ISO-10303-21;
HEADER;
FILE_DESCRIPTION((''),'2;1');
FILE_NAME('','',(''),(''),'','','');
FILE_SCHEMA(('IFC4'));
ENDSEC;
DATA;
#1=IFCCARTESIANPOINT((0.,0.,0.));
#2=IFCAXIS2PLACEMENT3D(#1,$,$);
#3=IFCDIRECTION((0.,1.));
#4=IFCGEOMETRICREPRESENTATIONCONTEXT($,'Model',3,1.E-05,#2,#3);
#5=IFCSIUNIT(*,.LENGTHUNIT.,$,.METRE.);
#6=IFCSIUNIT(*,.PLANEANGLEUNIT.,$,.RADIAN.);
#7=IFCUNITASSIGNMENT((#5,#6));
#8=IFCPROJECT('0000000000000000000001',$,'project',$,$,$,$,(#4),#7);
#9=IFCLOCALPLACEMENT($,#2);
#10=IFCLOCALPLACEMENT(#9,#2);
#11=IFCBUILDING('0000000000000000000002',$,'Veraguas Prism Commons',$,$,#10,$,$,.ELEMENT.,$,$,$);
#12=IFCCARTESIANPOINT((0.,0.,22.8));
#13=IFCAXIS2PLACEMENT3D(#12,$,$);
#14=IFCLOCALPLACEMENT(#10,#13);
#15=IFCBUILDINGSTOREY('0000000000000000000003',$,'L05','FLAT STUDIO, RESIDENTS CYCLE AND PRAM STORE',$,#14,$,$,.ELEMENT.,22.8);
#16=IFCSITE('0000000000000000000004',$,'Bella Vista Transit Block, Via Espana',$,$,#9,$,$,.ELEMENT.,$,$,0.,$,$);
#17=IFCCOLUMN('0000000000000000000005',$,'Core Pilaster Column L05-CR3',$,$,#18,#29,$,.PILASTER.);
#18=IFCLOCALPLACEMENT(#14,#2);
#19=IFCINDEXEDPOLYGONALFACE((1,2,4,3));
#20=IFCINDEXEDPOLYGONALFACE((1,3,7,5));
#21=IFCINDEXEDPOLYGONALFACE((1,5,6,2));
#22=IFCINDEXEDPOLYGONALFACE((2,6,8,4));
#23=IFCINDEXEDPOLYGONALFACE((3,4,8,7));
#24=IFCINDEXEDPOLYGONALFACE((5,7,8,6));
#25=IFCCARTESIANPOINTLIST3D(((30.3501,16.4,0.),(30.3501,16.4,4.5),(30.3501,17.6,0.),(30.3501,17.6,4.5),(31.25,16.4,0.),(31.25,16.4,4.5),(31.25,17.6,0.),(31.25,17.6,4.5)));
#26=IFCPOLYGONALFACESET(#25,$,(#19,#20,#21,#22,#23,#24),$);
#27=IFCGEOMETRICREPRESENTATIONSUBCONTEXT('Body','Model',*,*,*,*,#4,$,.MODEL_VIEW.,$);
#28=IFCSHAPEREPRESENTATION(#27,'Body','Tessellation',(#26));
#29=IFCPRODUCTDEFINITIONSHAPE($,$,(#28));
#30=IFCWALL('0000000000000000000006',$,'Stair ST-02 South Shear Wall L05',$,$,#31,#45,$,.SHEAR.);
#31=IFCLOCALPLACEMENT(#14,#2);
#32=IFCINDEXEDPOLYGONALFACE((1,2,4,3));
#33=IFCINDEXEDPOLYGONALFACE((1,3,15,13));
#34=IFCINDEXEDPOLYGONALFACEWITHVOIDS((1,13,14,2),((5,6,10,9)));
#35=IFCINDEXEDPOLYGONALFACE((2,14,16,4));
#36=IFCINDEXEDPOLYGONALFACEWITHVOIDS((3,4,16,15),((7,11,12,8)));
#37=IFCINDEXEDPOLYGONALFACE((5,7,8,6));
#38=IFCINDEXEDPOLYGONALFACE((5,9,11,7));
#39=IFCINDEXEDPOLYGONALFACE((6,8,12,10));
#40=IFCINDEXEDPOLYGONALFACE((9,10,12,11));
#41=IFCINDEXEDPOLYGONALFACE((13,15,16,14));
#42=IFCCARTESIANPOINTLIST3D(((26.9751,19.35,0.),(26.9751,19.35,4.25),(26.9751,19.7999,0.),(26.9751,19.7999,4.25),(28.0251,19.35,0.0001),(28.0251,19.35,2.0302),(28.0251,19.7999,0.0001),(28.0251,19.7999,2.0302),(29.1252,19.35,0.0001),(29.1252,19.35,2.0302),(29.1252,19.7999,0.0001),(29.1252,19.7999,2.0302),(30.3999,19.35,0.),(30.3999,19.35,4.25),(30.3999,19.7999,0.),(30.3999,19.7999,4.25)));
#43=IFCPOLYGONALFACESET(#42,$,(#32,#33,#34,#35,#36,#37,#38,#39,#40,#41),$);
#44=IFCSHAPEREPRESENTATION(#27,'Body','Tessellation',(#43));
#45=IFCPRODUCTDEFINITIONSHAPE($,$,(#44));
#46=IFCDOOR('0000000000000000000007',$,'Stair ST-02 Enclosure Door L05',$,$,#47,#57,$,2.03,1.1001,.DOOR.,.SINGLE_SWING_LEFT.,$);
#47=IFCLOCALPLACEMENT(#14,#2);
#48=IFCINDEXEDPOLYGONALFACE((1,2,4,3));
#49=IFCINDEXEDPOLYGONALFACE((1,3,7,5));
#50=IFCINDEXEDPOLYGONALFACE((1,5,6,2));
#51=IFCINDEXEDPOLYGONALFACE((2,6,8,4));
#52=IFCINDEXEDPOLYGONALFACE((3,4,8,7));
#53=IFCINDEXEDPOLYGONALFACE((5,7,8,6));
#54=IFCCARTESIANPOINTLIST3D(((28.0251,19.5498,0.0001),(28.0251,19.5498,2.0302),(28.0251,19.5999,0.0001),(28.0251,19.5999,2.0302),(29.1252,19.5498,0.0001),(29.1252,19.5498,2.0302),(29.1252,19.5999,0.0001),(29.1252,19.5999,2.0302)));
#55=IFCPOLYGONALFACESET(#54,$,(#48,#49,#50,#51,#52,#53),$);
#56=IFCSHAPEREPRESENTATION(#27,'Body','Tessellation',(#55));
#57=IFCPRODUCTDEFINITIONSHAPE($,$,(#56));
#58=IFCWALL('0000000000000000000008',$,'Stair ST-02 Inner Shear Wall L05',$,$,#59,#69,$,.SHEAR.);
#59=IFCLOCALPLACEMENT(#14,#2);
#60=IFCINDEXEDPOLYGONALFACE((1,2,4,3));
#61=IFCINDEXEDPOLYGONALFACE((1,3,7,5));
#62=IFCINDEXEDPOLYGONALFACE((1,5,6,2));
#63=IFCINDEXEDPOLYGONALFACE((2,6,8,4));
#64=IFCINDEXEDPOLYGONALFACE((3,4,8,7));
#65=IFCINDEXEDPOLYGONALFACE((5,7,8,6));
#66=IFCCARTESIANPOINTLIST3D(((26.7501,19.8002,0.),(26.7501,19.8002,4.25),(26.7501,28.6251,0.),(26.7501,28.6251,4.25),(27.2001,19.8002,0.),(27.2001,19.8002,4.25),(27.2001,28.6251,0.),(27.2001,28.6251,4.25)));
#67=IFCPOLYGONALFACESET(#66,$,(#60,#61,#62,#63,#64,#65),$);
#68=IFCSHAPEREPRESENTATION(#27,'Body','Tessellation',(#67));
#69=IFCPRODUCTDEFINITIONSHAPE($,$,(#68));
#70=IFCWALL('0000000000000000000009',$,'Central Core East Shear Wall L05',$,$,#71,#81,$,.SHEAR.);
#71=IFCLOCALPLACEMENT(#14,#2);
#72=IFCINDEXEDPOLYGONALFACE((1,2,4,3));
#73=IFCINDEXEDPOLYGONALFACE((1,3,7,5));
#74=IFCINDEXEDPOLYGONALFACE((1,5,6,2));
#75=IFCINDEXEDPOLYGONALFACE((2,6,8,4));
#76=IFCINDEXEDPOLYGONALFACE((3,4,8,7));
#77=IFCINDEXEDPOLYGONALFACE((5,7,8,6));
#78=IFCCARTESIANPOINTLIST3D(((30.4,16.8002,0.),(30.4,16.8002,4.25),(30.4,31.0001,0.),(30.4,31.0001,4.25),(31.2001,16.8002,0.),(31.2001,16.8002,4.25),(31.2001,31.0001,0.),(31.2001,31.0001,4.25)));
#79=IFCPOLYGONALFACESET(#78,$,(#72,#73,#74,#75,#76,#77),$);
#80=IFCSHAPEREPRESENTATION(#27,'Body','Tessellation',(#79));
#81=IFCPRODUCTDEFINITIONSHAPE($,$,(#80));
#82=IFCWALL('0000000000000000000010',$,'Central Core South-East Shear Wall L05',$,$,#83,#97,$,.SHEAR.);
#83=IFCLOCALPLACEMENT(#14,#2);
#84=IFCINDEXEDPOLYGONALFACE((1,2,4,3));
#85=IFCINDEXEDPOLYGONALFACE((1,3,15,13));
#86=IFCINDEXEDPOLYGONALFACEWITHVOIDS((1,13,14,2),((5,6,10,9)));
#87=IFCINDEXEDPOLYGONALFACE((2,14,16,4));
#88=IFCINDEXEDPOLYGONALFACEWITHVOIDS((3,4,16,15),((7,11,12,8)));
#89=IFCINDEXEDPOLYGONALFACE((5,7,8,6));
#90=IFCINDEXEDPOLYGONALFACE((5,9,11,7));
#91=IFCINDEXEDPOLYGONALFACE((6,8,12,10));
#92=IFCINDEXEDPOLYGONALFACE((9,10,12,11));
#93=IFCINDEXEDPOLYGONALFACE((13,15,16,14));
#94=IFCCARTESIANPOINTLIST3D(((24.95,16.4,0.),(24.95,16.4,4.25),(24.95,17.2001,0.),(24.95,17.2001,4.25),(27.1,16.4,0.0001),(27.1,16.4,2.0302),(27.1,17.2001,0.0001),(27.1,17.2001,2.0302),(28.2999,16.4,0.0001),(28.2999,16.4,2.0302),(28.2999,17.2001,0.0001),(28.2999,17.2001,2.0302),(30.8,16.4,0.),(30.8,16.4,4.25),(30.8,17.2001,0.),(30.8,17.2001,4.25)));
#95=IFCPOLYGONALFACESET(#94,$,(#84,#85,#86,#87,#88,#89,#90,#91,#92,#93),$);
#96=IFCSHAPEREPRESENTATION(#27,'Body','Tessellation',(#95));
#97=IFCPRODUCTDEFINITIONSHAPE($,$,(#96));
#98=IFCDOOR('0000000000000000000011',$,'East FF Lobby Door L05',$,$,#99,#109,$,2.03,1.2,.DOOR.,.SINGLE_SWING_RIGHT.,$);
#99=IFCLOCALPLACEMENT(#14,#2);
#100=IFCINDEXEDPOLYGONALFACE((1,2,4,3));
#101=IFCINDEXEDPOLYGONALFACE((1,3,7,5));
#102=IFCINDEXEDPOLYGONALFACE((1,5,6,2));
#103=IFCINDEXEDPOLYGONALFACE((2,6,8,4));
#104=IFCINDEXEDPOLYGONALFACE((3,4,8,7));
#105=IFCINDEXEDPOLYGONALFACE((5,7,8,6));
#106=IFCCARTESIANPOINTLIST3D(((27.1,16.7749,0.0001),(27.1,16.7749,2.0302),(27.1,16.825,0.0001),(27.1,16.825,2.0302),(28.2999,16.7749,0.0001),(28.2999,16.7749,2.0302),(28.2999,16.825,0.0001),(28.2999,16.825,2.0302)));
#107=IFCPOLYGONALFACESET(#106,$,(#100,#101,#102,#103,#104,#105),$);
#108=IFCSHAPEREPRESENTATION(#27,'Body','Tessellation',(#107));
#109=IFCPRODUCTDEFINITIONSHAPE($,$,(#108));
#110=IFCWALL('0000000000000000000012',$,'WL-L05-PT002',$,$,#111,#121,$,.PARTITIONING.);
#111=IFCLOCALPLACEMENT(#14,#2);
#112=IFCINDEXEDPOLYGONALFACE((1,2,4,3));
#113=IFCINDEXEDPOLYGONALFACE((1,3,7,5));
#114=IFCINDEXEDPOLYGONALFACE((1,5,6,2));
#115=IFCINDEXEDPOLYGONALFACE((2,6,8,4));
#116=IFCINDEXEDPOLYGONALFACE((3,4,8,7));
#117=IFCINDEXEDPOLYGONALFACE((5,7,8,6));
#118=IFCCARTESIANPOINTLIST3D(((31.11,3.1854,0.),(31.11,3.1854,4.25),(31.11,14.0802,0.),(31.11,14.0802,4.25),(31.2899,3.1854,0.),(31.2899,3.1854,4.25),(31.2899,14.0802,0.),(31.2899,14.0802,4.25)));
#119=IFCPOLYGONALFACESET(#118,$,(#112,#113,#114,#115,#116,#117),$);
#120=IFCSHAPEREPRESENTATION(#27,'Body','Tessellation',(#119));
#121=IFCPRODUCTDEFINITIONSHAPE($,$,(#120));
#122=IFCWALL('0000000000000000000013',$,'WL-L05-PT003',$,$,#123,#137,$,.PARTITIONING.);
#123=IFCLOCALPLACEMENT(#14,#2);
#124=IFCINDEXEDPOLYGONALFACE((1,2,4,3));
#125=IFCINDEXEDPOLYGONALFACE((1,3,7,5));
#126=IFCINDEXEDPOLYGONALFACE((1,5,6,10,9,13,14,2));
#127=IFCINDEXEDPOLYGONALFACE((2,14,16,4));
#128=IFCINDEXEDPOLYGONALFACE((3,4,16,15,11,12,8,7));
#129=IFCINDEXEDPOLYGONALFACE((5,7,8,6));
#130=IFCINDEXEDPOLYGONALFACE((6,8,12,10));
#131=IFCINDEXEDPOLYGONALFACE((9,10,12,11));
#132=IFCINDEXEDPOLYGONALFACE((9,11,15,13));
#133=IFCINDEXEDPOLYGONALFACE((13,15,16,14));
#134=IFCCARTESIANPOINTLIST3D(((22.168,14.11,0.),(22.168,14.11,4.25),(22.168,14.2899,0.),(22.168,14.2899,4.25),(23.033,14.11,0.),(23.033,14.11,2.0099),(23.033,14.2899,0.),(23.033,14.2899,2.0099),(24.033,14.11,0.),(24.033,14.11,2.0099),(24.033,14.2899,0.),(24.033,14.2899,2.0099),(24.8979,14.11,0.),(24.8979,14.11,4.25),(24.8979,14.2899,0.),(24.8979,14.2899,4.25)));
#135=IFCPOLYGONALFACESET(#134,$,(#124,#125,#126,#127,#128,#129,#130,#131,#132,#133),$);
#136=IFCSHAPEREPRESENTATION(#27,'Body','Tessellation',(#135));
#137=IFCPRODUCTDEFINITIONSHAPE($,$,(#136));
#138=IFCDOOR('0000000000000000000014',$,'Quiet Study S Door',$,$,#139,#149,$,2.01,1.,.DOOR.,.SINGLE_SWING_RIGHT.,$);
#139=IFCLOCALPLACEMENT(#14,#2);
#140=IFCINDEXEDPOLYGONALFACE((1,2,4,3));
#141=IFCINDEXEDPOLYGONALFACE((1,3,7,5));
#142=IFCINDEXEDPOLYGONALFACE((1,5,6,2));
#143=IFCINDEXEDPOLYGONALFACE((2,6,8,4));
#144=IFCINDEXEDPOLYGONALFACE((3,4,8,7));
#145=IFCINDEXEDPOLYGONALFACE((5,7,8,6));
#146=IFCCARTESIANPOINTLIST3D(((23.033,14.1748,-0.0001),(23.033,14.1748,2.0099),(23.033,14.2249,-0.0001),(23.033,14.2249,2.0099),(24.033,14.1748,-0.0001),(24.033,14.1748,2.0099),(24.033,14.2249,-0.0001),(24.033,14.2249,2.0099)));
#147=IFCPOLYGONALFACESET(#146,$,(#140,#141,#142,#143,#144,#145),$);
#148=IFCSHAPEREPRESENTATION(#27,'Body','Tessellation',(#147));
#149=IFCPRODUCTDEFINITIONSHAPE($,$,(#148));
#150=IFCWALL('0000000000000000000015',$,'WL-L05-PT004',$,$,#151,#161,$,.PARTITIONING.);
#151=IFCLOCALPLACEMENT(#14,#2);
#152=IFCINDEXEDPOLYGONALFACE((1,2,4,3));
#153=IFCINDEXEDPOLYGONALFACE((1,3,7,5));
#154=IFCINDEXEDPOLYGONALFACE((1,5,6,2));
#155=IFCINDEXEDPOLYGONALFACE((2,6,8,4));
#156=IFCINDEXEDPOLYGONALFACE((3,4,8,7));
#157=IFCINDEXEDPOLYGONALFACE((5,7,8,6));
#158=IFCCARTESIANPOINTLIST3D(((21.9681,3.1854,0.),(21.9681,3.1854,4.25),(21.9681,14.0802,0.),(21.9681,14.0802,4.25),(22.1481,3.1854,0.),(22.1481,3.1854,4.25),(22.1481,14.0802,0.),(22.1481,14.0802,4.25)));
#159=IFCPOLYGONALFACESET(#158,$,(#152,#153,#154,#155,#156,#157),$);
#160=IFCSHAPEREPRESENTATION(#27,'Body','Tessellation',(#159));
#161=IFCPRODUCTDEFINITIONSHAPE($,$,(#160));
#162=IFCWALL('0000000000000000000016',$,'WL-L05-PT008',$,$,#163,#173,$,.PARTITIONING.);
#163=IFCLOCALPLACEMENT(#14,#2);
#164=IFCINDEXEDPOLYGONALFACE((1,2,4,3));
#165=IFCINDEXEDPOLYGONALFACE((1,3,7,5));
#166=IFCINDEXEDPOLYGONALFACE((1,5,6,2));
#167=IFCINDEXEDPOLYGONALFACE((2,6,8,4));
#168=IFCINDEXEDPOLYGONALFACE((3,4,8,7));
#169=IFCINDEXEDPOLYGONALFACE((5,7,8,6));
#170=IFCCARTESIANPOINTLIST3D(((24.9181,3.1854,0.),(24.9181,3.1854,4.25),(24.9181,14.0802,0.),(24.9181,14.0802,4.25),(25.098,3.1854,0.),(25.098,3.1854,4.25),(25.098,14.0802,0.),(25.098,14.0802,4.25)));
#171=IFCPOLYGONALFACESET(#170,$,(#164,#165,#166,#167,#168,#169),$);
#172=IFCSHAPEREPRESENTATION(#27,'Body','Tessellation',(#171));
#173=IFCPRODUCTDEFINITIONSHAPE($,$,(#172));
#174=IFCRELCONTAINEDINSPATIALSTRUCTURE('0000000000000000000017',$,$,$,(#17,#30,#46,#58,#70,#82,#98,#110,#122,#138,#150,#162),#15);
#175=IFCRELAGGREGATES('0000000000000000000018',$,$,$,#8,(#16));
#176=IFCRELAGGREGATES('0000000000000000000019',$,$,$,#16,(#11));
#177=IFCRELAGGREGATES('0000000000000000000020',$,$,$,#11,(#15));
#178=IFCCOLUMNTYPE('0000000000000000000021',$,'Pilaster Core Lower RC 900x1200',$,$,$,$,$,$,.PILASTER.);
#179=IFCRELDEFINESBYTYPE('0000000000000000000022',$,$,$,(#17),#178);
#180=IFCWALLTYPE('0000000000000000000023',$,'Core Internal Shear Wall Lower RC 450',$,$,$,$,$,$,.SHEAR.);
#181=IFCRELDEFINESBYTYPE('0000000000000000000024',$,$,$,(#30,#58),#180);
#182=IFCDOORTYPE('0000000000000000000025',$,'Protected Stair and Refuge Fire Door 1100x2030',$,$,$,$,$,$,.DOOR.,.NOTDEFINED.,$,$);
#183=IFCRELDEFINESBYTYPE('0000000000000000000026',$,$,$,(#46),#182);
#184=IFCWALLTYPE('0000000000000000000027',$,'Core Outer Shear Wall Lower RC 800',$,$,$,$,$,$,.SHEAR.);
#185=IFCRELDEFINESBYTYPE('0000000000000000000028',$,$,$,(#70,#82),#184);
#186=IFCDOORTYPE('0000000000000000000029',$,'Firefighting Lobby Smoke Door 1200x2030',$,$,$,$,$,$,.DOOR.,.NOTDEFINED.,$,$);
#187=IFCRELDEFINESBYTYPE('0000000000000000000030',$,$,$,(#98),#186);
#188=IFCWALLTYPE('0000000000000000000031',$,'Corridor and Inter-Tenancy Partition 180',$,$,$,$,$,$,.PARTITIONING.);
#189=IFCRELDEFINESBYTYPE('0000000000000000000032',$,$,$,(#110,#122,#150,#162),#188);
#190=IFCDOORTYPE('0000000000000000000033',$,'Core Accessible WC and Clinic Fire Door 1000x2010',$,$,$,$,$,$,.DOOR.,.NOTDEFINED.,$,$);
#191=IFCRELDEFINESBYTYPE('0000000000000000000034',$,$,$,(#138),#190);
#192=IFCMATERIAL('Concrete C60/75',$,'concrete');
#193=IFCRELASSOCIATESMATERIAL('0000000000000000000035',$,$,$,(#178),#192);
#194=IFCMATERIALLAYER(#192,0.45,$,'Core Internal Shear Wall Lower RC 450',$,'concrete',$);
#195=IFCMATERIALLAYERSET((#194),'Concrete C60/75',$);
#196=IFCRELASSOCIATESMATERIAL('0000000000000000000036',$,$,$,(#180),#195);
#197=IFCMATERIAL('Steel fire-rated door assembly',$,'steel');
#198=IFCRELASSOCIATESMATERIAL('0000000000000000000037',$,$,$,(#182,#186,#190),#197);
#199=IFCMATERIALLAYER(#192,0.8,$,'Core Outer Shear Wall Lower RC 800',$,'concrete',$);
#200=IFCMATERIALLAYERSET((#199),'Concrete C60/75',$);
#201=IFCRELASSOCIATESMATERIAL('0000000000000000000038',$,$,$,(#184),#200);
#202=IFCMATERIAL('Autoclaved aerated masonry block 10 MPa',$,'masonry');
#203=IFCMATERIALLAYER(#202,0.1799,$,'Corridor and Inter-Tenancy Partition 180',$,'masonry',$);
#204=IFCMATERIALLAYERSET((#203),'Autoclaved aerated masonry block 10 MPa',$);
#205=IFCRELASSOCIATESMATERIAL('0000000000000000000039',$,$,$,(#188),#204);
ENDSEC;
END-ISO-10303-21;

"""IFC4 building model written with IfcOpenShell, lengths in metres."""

from ifc_helpers import new_model, si_unit, direction, frame, frame_2d, origin, origin_2d, place, context, subcontext, project, spatial, rectangle, extrude, source, transform, mapped, material, layer, layer_set, material_profile, profile_set, type_object, element, fill, save


model = new_model("IFC4")

# Units and contexts
model_context = context("Model", 3, precision=1e-05, world=origin(), true_north=direction((0.0, 1.0)))
body_context = subcontext(model_context, "Body", "Model", "MODEL_VIEW")
ifc_project = project(units=[si_unit("LENGTHUNIT", "METRE"), si_unit("PLANEANGLEUNIT", "RADIAN")], contexts=[model_context])

# Site, building, storey
site_placement = place(None, origin())
site = spatial("IfcSite", under=ifc_project, at=site_placement, Name="Bella Vista Transit Block, Via Espana", CompositionType="ELEMENT", RefElevation=0.0)
building_placement = place(site_placement, origin())
building = spatial("IfcBuilding", under=site, at=building_placement, Name="Veraguas Prism Commons", CompositionType="ELEMENT")
storey_placement = place(building_placement, frame((0.0, 0.0, 22.8)))
storey = spatial("IfcBuildingStorey", under=building, at=storey_placement, Name="L05", Description="FLAT STUDIO, RESIDENTS CYCLE AND PRAM STORE", CompositionType="ELEMENT", Elevation=22.8)

# Column
ifc_material_1 = material(Name="Concrete C60/75", Category="concrete")
ifc_material_profile = material_profile(ifc_material_1, rectangle(XDim=0.8999, YDim=1.2, at=origin_2d()), Name="RC900X1200")
ifc_profile_set = profile_set([ifc_material_profile], Name="Concrete C60/75")
column_type = type_object("IfcColumnType", Name="Pilaster Core Lower RC 900x1200", PredefinedType="PILASTER", material=ifc_profile_set)
column_placement = place(storey_placement, frame((30.8, 17.0, 0.0), z_axis=(0.0, 0.0, 1.0), x_axis=(1.0, 0.0, 0.0)))
element("IfcColumn", 1, at=column_placement, inside=storey, type_object=column_type, Name="Core Pilaster Column L05-CR3", PredefinedType="PILASTER", context=body_context, shape_type="SweptSolid", body=[
    extrude(rectangle(XDim=0.8999, YDim=1.2, at=origin_2d()), origin(), (0.0, 0.0, 1.0), 4.5),
])

# Wall, opening, door
ifc_layer_1 = layer(ifc_material_1, 0.45, Name="Core Internal Shear Wall Lower RC 450", Category="concrete")
ifc_layer_set_1 = layer_set([ifc_layer_1], Name="Concrete C60/75")
wall_type_1 = type_object("IfcWallType", Name="Core Internal Shear Wall Lower RC 450", PredefinedType="SHEAR", material=ifc_layer_set_1)
wall_1_placement = place(storey_placement, frame((26.9751, 19.575, 0.0), z_axis=(0.0, 0.0, 1.0), x_axis=(1.0, 0.0, 0.0)))
wall_1 = element("IfcWall", 2, at=wall_1_placement, inside=storey, type_object=wall_type_1, Name="Stair ST-02 South Shear Wall L05", PredefinedType="SHEAR", context=body_context, shape_type="SweptSolid", body=[
    extrude(rectangle(XDim=3.4248, YDim=0.45, at=frame_2d((1.7124, 0.0))), origin(), (0.0, 0.0, 1.0), 4.25),
])
opening_1_placement = place(wall_1_placement, frame((1.05, 0.0, 0.0)))
opening_1 = element("IfcOpeningElement", 3, at=opening_1_placement, cuts=wall_1, PredefinedType="OPENING", context=body_context, shape_type="SweptSolid", body=[
    extrude(rectangle(XDim=1.1001, YDim=2.03, at=frame_2d((0.55, 1.0151))), frame((0.0, 0.2349, 0.0), z_axis=(0.0, -1.0, 0.0), x_axis=(1.0, 0.0, 0.0)), (0.0, 0.0, 1.0), 0.47),
])
ifc_material_2 = material(Name="Steel fire-rated door assembly", Category="steel")
door_type_1 = type_object("IfcDoorType", Name="Protected Stair and Refuge Fire Door 1100x2030", OperationType="NOTDEFINED", PredefinedType="DOOR", material=ifc_material_2)
shared_shape_1 = source(origin(), body_context, "Body", "SweptSolid", [
    extrude(rectangle(XDim=1.1001, YDim=2.03, at=frame_2d((0.55, 1.0151))), frame((0.0, 0.0249, 0.0), z_axis=(0.0, -1.0, 0.0), x_axis=(1.0, 0.0, 0.0)), (0.0, 0.0, 1.0), 0.05),
])
door_1_placement = place(opening_1_placement, origin())
door_1 = element("IfcDoor", 4, at=door_1_placement, inside=storey, type_object=door_type_1, Name="Stair ST-02 Enclosure Door L05", OperationType="SINGLE_SWING_LEFT", OverallHeight=2.03, OverallWidth=1.1001, PredefinedType="DOOR", context=body_context, shape_type="MappedRepresentation", body=[
    mapped(shared_shape_1, transform((0.0, 0.0, 0.0), scale=1.0)),
])
fill(opening_1, door_1)

# Walls
wall_2_placement = place(storey_placement, frame((26.9751, 19.8, 0.0), z_axis=(0.0, 0.0, 1.0), x_axis=(0.0, 1.0, 0.0)))
element("IfcWall", 5, at=wall_2_placement, inside=storey, type_object=wall_type_1, Name="Stair ST-02 Inner Shear Wall L05", PredefinedType="SHEAR", context=body_context, shape_type="SweptSolid", body=[
    extrude(rectangle(XDim=8.825, YDim=0.45, at=frame_2d((4.4126, 0.0))), origin(), (0.0, 0.0, 1.0), 4.25),
])
ifc_layer_2 = layer(ifc_material_1, 0.8, Name="Core Outer Shear Wall Lower RC 800", Category="concrete")
ifc_layer_set_2 = layer_set([ifc_layer_2], Name="Concrete C60/75")
wall_type_2 = type_object("IfcWallType", Name="Core Outer Shear Wall Lower RC 800", PredefinedType="SHEAR", material=ifc_layer_set_2)
wall_3_placement = place(storey_placement, frame((30.8, 16.8, 0.0), z_axis=(0.0, 0.0, 1.0), x_axis=(0.0, 1.0, 0.0)))
element("IfcWall", 6, at=wall_3_placement, inside=storey, type_object=wall_type_2, Name="Central Core East Shear Wall L05", PredefinedType="SHEAR", context=body_context, shape_type="SweptSolid", body=[
    extrude(rectangle(XDim=14.2, YDim=0.8, at=frame_2d((7.1001, 0.0))), origin(), (0.0, 0.0, 1.0), 4.25),
])

# Wall, opening, door
wall_4_placement = place(storey_placement, frame((24.95, 16.8, 0.0), z_axis=(0.0, 0.0, 1.0), x_axis=(1.0, 0.0, 0.0)))
wall_4 = element("IfcWall", 7, at=wall_4_placement, inside=storey, type_object=wall_type_2, Name="Central Core South-East Shear Wall L05", PredefinedType="SHEAR", context=body_context, shape_type="SweptSolid", body=[
    extrude(rectangle(XDim=5.8501, YDim=0.8, at=frame_2d((2.925, 0.0))), origin(), (0.0, 0.0, 1.0), 4.25),
])
opening_2_placement = place(wall_4_placement, frame((2.1499, 0.0, 0.0)))
opening_2 = element("IfcOpeningElement", 8, at=opening_2_placement, cuts=wall_4, PredefinedType="OPENING", context=body_context, shape_type="SweptSolid", body=[
    extrude(rectangle(XDim=1.2, YDim=2.03, at=frame_2d((0.6001, 1.0151))), frame((0.0, 0.4099, 0.0), z_axis=(0.0, -1.0, 0.0), x_axis=(1.0, 0.0, 0.0)), (0.0, 0.0, 1.0), 0.8201),
])
door_type_2 = type_object("IfcDoorType", Name="Firefighting Lobby Smoke Door 1200x2030", OperationType="NOTDEFINED", PredefinedType="DOOR", material=ifc_material_2)
shared_shape_2 = source(origin(), body_context, "Body", "SweptSolid", [
    extrude(rectangle(XDim=1.2, YDim=2.03, at=frame_2d((0.6001, 1.0151))), frame((0.0, 0.0249, 0.0), z_axis=(0.0, -1.0, 0.0), x_axis=(1.0, 0.0, 0.0)), (0.0, 0.0, 1.0), 0.05),
])
door_2_placement = place(opening_2_placement, origin())
door_2 = element("IfcDoor", 9, at=door_2_placement, inside=storey, type_object=door_type_2, Name="East FF Lobby Door L05", OperationType="SINGLE_SWING_RIGHT", OverallHeight=2.03, OverallWidth=1.2, PredefinedType="DOOR", context=body_context, shape_type="MappedRepresentation", body=[
    mapped(shared_shape_2, transform((0.0, 0.0, 0.0), scale=1.0)),
])
fill(opening_2, door_2)

# Wall
ifc_material_3 = material(Name="Autoclaved aerated masonry block 10 MPa", Category="masonry")
ifc_layer_3 = layer(ifc_material_3, 0.1799, Name="Corridor and Inter-Tenancy Partition 180", Category="masonry")
ifc_layer_set_3 = layer_set([ifc_layer_3], Name="Autoclaved aerated masonry block 10 MPa")
wall_type_3 = type_object("IfcWallType", Name="Corridor and Inter-Tenancy Partition 180", PredefinedType="PARTITIONING", material=ifc_layer_set_3)
wall_5_placement = place(storey_placement, frame((31.2, 14.0801, 0.0), z_axis=(0.0, 0.0, 1.0), x_axis=(0.0, -1.0, 0.0)))
element("IfcWall", 10, at=wall_5_placement, inside=storey, type_object=wall_type_3, Name="WL-L05-PT002", PredefinedType="PARTITIONING", context=body_context, shape_type="SweptSolid", body=[
    extrude(rectangle(XDim=10.8948, YDim=0.1799, at=frame_2d((5.4473, 0.0))), origin(), (0.0, 0.0, 1.0), 4.25),
])

# Wall, opening, door
wall_6_placement = place(storey_placement, frame((22.168, 14.2, 0.0), z_axis=(0.0, 0.0, 1.0), x_axis=(1.0, 0.0, 0.0)))
wall_6 = element("IfcWall", 11, at=wall_6_placement, inside=storey, type_object=wall_type_3, Name="WL-L05-PT003", PredefinedType="PARTITIONING", context=body_context, shape_type="SweptSolid", body=[
    extrude(rectangle(XDim=2.73, YDim=0.1799, at=frame_2d((1.365, 0.0))), origin(), (0.0, 0.0, 1.0), 4.25),
])
opening_3_placement = place(wall_6_placement, frame((0.865, 0.0, 0.0)))
opening_3 = element("IfcOpeningElement", 12, at=opening_3_placement, cuts=wall_6, PredefinedType="OPENING", context=body_context, shape_type="SweptSolid", body=[
    extrude(rectangle(XDim=1.0, YDim=2.01, at=frame_2d((0.5, 1.0049))), frame((0.0, 0.0999, 0.0), z_axis=(0.0, -1.0, 0.0), x_axis=(1.0, 0.0, 0.0)), (0.0, 0.0, 1.0), 0.2),
])
door_type_3 = type_object("IfcDoorType", Name="Core Accessible WC and Clinic Fire Door 1000x2010", OperationType="NOTDEFINED", PredefinedType="DOOR", material=ifc_material_2)
shared_shape_3 = source(origin(), body_context, "Body", "SweptSolid", [
    extrude(rectangle(XDim=1.0, YDim=2.01, at=frame_2d((0.5, 1.0049))), frame((0.0, 0.0249, 0.0), z_axis=(0.0, -1.0, 0.0), x_axis=(1.0, 0.0, 0.0)), (0.0, 0.0, 1.0), 0.05),
])
door_3_placement = place(opening_3_placement, origin())
door_3 = element("IfcDoor", 13, at=door_3_placement, inside=storey, type_object=door_type_3, Name="Quiet Study S Door", OperationType="SINGLE_SWING_RIGHT", OverallHeight=2.01, OverallWidth=1.0, PredefinedType="DOOR", context=body_context, shape_type="MappedRepresentation", body=[
    mapped(shared_shape_3, transform((0.0, 0.0, 0.0), scale=1.0)),
])
fill(opening_3, door_3)

# Walls
for number, where, z_axis, x_axis, name in (
    (14, (22.0581, 14.0801, 0.0), (0.0, 0.0, 1.0), (0.0, -1.0, 0.0), "WL-L05-PT004"),
    (15, (25.0081, 14.0801, 0.0), (0.0, 0.0, 1.0), (0.0, -1.0, 0.0), "WL-L05-PT008"),
):
    element("IfcWall", number, at=place(storey_placement, frame(where, z_axis=z_axis, x_axis=x_axis)), inside=storey, type_object=wall_type_3, Name=name, PredefinedType="PARTITIONING", context=body_context, shape_type="SweptSolid", body=[
        extrude(rectangle(XDim=10.8948, YDim=0.1799, at=frame_2d((5.4473, 0.0))), origin(), (0.0, 0.0, 1.0), 4.25),
    ])

save(model, "model.ifc")
